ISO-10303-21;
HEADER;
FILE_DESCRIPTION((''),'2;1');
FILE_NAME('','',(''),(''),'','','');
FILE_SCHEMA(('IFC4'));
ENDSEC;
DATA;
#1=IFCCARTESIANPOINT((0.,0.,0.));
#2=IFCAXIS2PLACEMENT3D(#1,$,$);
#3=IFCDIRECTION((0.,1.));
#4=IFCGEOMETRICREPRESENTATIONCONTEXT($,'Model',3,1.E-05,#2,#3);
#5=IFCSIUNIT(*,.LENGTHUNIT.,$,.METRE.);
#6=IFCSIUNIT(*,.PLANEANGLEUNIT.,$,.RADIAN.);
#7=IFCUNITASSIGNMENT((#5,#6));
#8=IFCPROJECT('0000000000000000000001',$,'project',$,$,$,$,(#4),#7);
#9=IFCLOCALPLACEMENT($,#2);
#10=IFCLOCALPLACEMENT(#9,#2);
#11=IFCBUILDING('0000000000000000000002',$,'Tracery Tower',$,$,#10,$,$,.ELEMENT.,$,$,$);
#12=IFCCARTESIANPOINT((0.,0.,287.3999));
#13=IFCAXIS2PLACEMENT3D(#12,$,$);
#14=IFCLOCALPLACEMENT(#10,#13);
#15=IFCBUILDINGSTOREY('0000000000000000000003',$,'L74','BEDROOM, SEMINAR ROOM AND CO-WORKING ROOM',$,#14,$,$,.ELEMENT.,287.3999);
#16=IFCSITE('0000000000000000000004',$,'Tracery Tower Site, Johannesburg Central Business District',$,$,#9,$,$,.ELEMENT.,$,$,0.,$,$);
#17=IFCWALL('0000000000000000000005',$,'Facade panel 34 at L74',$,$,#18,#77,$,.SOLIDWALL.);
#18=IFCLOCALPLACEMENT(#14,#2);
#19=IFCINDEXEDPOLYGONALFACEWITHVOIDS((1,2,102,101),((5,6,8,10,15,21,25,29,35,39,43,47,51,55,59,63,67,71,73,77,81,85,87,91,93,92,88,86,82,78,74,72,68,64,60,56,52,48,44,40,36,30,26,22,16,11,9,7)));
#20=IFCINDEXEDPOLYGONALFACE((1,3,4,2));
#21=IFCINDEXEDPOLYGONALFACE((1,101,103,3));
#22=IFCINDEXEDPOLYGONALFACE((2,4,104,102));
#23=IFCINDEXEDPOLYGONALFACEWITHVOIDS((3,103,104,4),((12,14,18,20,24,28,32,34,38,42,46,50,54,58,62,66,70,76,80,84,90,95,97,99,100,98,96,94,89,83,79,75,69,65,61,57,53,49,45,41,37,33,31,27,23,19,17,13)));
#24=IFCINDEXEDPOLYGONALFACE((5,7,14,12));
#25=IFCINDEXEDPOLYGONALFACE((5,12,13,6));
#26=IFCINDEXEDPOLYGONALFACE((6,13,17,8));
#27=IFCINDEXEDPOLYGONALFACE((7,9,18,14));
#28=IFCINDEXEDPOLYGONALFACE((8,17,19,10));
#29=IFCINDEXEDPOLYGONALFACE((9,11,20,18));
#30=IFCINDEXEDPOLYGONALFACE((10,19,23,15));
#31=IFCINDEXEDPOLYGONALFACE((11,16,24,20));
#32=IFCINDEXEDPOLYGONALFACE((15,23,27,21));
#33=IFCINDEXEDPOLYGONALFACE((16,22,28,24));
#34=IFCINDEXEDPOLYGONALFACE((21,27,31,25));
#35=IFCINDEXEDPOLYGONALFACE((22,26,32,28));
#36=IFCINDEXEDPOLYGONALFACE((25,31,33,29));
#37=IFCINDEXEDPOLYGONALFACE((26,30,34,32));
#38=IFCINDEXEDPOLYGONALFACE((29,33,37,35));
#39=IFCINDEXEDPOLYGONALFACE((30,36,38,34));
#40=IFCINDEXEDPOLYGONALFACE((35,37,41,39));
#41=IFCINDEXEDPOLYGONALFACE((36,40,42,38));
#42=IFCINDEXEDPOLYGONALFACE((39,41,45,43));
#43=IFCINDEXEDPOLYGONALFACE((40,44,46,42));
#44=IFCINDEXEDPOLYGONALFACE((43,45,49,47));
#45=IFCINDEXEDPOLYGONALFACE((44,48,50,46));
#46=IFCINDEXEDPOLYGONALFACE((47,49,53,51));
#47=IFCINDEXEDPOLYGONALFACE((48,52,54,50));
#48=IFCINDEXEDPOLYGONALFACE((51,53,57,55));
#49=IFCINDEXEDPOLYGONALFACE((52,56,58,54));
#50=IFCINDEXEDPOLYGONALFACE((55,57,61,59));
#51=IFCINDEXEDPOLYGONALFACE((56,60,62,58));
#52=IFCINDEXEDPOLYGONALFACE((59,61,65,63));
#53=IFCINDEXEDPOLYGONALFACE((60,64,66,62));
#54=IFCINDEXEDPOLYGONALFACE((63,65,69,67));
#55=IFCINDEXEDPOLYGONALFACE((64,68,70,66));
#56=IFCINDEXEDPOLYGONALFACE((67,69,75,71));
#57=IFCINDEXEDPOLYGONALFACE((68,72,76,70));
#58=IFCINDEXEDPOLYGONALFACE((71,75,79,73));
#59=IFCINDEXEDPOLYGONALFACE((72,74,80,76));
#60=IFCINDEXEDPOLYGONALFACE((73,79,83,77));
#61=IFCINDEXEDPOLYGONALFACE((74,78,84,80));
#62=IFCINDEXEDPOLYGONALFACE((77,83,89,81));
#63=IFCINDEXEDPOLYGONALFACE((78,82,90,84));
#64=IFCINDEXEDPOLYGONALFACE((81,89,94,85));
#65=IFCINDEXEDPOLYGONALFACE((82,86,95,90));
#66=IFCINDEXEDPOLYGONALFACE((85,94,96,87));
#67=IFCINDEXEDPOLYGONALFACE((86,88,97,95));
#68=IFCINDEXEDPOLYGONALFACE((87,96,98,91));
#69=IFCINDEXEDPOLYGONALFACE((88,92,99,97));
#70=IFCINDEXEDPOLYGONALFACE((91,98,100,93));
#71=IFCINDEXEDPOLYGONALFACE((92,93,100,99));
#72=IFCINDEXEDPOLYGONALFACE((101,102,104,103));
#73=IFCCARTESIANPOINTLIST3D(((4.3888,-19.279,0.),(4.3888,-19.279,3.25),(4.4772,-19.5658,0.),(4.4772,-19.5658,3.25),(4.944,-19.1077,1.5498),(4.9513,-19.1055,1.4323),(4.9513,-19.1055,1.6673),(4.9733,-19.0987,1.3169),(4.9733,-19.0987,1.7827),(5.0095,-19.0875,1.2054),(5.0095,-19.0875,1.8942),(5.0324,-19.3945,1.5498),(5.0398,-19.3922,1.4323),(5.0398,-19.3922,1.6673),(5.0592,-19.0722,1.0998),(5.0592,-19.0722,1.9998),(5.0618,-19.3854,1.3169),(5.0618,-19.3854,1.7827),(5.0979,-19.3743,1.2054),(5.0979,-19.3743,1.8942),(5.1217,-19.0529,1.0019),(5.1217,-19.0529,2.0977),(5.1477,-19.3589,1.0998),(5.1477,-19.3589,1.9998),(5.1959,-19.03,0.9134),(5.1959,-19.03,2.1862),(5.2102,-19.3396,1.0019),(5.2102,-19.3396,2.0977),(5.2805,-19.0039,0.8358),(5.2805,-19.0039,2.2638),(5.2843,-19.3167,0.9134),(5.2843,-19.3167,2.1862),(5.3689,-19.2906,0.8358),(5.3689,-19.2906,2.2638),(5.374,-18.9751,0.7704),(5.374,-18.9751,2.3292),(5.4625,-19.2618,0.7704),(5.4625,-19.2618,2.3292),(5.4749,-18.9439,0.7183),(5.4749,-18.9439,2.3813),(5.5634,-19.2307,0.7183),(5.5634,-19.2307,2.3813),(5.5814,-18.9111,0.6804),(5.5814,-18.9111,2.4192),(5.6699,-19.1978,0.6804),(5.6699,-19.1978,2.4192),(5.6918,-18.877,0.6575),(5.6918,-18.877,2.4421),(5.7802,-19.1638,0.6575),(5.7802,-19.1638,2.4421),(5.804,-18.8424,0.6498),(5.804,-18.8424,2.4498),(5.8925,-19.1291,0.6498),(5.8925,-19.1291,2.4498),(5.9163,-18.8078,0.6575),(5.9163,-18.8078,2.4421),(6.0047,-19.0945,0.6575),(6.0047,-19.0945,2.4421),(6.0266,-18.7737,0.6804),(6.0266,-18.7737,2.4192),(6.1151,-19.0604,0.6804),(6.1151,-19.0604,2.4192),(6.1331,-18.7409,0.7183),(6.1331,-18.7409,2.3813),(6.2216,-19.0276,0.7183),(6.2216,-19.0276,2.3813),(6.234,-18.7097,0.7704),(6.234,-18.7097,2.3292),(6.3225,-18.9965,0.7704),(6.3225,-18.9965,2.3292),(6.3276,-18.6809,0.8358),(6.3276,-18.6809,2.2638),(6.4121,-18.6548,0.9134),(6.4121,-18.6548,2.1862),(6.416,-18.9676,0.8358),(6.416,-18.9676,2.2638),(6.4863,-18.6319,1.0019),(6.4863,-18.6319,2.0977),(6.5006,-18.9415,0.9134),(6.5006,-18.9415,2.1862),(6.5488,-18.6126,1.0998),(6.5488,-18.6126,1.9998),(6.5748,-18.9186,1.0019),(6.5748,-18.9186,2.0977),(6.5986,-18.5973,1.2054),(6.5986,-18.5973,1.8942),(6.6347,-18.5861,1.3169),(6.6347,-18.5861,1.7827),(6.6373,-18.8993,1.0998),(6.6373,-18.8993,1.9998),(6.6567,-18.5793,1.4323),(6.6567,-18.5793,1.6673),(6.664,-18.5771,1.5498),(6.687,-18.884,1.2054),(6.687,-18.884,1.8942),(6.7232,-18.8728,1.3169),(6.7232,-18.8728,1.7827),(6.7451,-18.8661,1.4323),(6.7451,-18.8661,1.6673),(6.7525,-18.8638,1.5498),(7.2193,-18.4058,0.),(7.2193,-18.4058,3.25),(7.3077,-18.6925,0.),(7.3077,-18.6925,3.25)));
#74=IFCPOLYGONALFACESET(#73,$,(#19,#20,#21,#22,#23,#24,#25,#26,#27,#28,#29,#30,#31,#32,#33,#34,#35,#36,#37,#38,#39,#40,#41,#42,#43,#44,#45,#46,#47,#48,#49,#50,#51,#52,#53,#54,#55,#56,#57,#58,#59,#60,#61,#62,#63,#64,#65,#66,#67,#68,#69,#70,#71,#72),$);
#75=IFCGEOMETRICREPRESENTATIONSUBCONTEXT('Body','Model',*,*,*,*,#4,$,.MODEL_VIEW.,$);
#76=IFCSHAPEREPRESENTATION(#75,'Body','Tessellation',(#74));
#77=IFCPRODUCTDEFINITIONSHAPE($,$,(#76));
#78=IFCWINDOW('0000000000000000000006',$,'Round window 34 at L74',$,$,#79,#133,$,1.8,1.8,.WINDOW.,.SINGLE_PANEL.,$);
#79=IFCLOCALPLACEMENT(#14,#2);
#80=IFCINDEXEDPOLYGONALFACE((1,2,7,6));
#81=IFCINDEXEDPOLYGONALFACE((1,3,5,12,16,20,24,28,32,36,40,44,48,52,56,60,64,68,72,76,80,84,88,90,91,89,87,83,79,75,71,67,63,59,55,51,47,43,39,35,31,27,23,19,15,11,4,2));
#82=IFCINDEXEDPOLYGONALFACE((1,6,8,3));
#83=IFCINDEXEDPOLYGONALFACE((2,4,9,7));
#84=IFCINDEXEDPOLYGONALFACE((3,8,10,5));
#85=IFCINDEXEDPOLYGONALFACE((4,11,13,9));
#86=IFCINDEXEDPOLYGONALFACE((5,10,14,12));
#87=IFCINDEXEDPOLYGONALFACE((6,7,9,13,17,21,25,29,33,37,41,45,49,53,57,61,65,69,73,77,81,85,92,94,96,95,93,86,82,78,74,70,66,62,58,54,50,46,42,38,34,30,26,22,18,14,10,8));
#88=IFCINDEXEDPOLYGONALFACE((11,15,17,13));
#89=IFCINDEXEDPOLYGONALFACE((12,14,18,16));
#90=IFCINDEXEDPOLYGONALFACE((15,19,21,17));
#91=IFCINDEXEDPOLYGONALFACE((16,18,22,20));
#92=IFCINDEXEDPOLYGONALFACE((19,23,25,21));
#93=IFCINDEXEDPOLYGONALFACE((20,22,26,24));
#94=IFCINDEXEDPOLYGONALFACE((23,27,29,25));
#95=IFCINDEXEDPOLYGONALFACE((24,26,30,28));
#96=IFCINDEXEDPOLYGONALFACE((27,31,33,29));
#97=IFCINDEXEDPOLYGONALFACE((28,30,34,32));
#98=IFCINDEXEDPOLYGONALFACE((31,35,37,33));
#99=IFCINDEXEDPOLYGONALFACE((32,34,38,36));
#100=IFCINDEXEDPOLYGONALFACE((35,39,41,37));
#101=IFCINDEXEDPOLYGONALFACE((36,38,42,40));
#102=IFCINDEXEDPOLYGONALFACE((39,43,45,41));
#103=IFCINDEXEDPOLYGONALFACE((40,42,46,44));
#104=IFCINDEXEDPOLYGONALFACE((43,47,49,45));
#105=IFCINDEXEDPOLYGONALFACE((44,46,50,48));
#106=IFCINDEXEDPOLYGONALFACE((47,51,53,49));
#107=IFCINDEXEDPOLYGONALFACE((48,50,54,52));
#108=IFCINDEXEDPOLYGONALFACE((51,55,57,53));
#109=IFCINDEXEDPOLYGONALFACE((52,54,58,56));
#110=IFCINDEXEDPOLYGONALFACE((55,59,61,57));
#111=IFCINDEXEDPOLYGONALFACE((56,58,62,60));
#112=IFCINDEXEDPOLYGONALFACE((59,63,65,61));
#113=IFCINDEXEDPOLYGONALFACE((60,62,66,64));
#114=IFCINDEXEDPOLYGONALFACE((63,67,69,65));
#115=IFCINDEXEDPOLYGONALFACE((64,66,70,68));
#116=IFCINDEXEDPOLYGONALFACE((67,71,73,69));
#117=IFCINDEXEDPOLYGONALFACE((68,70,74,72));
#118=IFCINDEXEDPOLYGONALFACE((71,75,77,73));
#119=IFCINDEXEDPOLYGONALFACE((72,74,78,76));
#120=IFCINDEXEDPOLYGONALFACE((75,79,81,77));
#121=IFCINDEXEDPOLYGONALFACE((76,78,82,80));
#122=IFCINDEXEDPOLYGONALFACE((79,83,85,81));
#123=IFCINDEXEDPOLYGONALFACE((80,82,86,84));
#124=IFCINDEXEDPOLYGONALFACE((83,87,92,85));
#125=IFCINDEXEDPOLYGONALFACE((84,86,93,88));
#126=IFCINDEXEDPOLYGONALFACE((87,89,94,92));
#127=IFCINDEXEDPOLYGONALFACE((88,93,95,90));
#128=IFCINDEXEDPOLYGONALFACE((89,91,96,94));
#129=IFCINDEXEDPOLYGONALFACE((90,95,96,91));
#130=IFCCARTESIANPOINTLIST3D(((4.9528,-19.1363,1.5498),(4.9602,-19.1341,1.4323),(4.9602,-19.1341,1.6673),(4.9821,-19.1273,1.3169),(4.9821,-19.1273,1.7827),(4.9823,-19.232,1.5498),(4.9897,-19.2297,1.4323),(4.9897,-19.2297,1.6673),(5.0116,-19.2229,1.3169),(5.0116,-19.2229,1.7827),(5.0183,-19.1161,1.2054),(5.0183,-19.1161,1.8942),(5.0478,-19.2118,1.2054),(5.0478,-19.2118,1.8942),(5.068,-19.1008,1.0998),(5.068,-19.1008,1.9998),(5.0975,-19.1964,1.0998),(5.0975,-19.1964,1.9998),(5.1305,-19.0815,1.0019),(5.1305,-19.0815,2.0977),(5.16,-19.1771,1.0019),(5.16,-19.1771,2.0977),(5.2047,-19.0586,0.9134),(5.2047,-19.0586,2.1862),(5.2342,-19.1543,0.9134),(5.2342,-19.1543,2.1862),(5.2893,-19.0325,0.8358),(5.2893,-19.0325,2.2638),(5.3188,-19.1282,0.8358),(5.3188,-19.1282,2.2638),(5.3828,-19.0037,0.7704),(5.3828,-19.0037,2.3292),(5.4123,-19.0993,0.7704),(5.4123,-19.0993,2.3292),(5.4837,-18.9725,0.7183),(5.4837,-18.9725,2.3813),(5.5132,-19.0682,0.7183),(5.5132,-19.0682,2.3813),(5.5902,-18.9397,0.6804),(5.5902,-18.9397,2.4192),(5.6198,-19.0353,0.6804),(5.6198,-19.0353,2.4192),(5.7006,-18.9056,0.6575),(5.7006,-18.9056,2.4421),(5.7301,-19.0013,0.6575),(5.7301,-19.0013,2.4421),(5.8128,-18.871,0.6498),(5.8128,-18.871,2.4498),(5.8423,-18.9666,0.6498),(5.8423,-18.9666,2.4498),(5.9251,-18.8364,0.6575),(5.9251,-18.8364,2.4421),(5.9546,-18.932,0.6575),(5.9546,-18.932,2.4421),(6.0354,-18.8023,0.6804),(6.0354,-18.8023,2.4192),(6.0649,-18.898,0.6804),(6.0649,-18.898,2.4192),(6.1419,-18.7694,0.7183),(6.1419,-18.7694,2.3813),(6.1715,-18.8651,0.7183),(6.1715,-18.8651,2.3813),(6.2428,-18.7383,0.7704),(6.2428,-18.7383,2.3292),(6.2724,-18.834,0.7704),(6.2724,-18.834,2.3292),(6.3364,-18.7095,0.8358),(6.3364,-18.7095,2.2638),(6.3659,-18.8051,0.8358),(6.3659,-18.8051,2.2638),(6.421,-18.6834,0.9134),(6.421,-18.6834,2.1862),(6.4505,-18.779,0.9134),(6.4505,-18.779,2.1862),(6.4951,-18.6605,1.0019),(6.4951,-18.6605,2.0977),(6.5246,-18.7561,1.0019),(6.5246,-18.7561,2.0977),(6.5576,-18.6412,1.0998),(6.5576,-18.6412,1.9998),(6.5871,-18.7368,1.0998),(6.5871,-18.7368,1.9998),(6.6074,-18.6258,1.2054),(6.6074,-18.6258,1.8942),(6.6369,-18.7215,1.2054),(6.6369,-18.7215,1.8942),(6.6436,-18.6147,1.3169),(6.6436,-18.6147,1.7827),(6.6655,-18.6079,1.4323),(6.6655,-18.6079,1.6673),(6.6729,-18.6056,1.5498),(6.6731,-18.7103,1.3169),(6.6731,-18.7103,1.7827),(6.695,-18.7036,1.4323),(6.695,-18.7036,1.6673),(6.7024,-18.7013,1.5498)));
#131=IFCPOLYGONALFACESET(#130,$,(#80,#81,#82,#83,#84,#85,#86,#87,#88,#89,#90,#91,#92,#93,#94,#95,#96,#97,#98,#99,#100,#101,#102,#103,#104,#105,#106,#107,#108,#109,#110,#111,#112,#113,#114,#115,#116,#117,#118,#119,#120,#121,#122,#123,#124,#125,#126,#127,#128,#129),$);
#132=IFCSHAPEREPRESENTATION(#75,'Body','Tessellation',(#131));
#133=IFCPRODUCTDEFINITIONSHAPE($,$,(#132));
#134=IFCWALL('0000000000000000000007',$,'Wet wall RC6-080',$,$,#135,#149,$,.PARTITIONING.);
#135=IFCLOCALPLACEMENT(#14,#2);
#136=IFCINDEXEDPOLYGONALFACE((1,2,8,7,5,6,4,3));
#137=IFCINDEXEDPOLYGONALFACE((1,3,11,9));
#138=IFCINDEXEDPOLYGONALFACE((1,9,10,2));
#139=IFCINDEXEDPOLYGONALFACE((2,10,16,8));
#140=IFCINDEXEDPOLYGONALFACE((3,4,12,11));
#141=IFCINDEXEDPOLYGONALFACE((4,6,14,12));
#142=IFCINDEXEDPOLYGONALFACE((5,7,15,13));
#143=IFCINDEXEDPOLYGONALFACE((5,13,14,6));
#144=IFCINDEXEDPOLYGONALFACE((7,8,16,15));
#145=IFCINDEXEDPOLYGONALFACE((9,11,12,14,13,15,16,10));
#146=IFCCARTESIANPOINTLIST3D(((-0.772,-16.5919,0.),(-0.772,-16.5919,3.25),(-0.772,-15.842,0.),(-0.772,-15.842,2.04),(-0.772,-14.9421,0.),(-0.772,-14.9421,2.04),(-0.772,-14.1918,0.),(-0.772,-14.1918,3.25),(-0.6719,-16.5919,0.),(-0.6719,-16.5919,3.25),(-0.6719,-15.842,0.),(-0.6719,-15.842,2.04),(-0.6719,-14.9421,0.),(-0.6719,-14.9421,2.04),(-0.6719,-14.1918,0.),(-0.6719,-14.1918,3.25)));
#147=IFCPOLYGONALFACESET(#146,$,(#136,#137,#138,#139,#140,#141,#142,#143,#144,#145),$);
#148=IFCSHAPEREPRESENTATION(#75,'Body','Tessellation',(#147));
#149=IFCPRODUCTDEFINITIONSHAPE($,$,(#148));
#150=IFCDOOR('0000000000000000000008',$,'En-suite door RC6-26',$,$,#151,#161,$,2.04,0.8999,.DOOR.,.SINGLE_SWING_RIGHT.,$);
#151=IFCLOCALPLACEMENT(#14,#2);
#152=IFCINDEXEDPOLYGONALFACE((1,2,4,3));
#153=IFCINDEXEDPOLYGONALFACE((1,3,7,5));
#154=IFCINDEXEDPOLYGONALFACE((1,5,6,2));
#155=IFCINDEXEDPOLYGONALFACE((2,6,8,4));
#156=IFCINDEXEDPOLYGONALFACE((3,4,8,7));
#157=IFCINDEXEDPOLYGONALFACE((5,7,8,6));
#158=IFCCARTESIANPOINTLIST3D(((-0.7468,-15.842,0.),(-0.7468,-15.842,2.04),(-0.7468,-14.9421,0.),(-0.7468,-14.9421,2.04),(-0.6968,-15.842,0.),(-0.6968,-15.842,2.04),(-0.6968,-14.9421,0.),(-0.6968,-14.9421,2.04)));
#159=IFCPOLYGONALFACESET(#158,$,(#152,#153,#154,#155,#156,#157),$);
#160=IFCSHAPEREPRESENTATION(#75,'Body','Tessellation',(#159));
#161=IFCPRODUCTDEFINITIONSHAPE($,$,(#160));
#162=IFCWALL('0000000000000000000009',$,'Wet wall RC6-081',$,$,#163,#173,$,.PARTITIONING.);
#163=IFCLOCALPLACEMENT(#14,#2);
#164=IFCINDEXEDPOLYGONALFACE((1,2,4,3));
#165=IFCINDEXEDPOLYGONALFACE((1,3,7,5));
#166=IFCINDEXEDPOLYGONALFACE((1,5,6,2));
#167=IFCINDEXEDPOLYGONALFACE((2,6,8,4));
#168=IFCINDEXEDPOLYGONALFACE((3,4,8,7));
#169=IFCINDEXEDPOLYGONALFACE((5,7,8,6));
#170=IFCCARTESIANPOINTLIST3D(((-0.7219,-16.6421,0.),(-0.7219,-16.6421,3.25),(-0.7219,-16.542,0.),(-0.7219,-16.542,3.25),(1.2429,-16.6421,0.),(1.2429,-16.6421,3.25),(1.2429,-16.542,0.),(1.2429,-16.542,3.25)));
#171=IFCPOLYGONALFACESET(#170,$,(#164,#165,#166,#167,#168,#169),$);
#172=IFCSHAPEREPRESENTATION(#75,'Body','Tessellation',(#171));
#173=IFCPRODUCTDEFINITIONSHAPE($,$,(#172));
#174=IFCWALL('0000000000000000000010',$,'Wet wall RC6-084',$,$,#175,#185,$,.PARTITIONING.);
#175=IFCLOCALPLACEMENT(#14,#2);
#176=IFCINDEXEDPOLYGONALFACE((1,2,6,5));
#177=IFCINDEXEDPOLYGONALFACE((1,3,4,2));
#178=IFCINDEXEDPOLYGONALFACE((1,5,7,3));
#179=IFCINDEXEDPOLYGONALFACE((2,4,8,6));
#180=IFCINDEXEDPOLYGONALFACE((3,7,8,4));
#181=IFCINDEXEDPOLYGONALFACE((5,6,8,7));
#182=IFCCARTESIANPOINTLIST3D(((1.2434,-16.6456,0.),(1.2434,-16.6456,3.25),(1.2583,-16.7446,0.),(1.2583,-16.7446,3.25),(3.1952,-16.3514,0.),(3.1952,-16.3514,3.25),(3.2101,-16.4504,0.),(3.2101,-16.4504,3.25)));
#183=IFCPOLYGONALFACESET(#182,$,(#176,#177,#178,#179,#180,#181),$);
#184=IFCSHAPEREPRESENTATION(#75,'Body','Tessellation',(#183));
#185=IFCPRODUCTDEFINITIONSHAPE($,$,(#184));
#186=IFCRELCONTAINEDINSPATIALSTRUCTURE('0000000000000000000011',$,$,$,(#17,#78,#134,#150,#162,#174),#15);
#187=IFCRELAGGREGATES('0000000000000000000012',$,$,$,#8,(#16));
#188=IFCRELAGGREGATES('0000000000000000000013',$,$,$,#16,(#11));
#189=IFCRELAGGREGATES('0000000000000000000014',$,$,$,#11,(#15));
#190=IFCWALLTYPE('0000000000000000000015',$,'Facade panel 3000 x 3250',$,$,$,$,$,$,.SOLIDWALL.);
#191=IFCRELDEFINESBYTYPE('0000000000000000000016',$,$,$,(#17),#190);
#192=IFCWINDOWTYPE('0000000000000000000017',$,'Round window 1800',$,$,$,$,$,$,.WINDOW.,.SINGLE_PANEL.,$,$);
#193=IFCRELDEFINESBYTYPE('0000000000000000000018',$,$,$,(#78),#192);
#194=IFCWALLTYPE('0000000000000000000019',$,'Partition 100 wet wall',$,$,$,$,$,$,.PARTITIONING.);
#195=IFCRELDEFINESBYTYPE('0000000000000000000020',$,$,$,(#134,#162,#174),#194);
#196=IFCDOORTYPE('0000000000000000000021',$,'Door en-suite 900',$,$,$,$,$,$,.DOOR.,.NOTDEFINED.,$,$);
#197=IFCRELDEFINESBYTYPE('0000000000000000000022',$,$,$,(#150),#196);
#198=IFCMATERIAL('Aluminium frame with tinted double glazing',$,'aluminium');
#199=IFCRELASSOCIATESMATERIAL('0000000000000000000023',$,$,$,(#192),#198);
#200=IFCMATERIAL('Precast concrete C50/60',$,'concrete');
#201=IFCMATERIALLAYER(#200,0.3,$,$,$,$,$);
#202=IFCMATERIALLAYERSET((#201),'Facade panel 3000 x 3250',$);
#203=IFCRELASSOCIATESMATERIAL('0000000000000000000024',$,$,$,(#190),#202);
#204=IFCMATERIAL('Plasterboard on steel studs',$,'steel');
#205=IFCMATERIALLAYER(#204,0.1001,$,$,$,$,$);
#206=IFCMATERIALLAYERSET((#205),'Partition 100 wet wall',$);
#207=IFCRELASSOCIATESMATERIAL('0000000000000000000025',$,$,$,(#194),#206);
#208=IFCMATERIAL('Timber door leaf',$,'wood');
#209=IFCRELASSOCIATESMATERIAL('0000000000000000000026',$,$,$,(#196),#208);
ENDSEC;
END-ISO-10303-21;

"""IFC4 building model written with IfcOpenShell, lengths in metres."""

from ifc_helpers import new_model, si_unit, direction, frame, frame_2d, origin, origin_2d, place, context, subcontext, project, spatial, rectangle, circle, extrude, material, layer, layer_set, type_object, element, fill, save


model = new_model("IFC4")

# Units and contexts
model_context = context("Model", 3, precision=1e-05, world=origin(), true_north=direction((0.0, 1.0)))
body_context = subcontext(model_context, "Body", "Model", "MODEL_VIEW")
ifc_project = project(units=[si_unit("LENGTHUNIT", "METRE"), si_unit("PLANEANGLEUNIT", "RADIAN")], contexts=[model_context])

# Site, building, storey
site_placement = place(None, origin())
site = spatial("IfcSite", under=ifc_project, at=site_placement, Name="Tracery Tower Site, Johannesburg Central Business District", CompositionType="ELEMENT", RefElevation=0.0)
building_placement = place(site_placement, origin())
building = spatial("IfcBuilding", under=site, at=building_placement, Name="Tracery Tower", CompositionType="ELEMENT")
storey_placement = place(building_placement, frame((0.0, 0.0, 287.3999)))
storey = spatial("IfcBuildingStorey", under=building, at=storey_placement, Name="L74", Description="BEDROOM, SEMINAR ROOM AND CO-WORKING ROOM", CompositionType="ELEMENT", Elevation=287.3999)

# Wall, opening, window
ifc_material_1 = material(Name="Aluminium frame with tinted double glazing", Category="aluminium")
window_type = type_object("IfcWindowType", Name="Round window 1800", PartitioningType="SINGLE_PANEL", PredefinedType="WINDOW", material=ifc_material_1)
ifc_material_2 = material(Name="Precast concrete C50/60", Category="concrete")
ifc_layer_1 = layer(ifc_material_2, 0.3)
ifc_layer_set_1 = layer_set([ifc_layer_1], Name="Facade panel 3000 x 3250")
wall_type_1 = type_object("IfcWallType", Name="Facade panel 3000 x 3250", PredefinedType="SOLIDWALL", material=ifc_layer_set_1)
wall_1_placement = place(storey_placement, frame((4.4331, -19.4224, 0.0), z_axis=(0.0, 0.0, 1.0), x_axis=(0.955556, 0.29481, 0.0)))
wall_1 = element("IfcWall", 1, at=wall_1_placement, inside=storey, type_object=wall_type_1, Name="Facade panel 34 at L74", PredefinedType="SOLIDWALL", context=body_context, shape_type="SweptSolid", body=[
    extrude(rectangle(XDim=2.9622, YDim=0.3, at=frame_2d((1.481, 0.0))), origin(), (0.0, 0.0, 1.0), 3.25),
])
opening_1_placement = place(wall_1_placement, frame((1.481, 0.0, 1.5498)))
opening_1 = element("IfcOpeningElement", 2, at=opening_1_placement, cuts=wall_1, PredefinedType="OPENING", context=body_context, shape_type="SweptSolid", body=[
    extrude(circle(Radius=0.9, at=origin_2d()), frame((0.0, 0.1599, 0.0), z_axis=(0.0, -1.0, 0.0), x_axis=(1.0, 0.0, 0.0)), (0.0, 0.0, 1.0), 0.3201),
])
window_1_placement = place(opening_1_placement, origin())
window_1 = element("IfcWindow", 3, at=window_1_placement, inside=storey, type_object=window_type, Name="Round window 34 at L74", OverallHeight=1.8, OverallWidth=1.8, PartitioningType="SINGLE_PANEL", PredefinedType="WINDOW", context=body_context, shape_type="SweptSolid", body=[
    extrude(circle(Radius=0.9, at=origin_2d()), frame((0.0, 0.1201, 0.0), z_axis=(0.0, -1.0, 0.0), x_axis=(1.0, 0.0, 0.0)), (0.0, 0.0, 1.0), 0.1001),
])
fill(opening_1, window_1)

# Wall, opening, door
ifc_material_3 = material(Name="Plasterboard on steel studs", Category="steel")
ifc_layer_2 = layer(ifc_material_3, 0.1001)
ifc_layer_set_2 = layer_set([ifc_layer_2], Name="Partition 100 wet wall")
wall_type_2 = type_object("IfcWallType", Name="Partition 100 wet wall", PredefinedType="PARTITIONING", material=ifc_layer_set_2)
wall_2_placement = place(storey_placement, frame((-0.7219, -16.592, 0.0), z_axis=(0.0, 0.0, 1.0), x_axis=(0.0, 1.0, 0.0)))
wall_2 = element("IfcWall", 4, at=wall_2_placement, inside=storey, type_object=wall_type_2, Name="Wet wall RC6-080", PredefinedType="PARTITIONING", context=body_context, shape_type="SweptSolid", body=[
    extrude(rectangle(XDim=2.4001, YDim=0.1001, at=frame_2d((1.2002, 0.0))), origin(), (0.0, 0.0, 1.0), 3.25),
])
opening_2_placement = place(wall_2_placement, frame((0.75, 0.0, 0.0)))
opening_2 = element("IfcOpeningElement", 5, at=opening_2_placement, cuts=wall_2, PredefinedType="OPENING", context=body_context, shape_type="SweptSolid", body=[
    extrude(rectangle(XDim=0.8999, YDim=2.04, at=frame_2d((0.45, 1.02))), frame((0.0, 0.05, 0.0), z_axis=(0.0, -1.0, 0.0), x_axis=(1.0, 0.0, 0.0)), (0.0, 0.0, 1.0), 0.1001),
])
ifc_material_4 = material(Name="Timber door leaf", Category="wood")
door_type_1 = type_object("IfcDoorType", Name="Door en-suite 900", OperationType="NOTDEFINED", PredefinedType="DOOR", material=ifc_material_4)
door_1_placement = place(opening_2_placement, origin())
door_1 = element("IfcDoor", 6, at=door_1_placement, inside=storey, type_object=door_type_1, Name="En-suite door RC6-26", OperationType="SINGLE_SWING_RIGHT", OverallHeight=2.04, OverallWidth=0.8999, PredefinedType="DOOR", context=body_context, shape_type="SweptSolid", body=[
    extrude(rectangle(XDim=0.8999, YDim=2.04, at=frame_2d((0.45, 1.02))), frame((0.0, 0.0249, 0.0), z_axis=(0.0, -1.0, 0.0), x_axis=(1.0, 0.0, 0.0)), (0.0, 0.0, 1.0), 0.05),
])
fill(opening_2, door_1)

# Walls
wall_3_placement = place(storey_placement, frame((-0.7219, -16.592, 0.0), z_axis=(0.0, 0.0, 1.0), x_axis=(1.0, 0.0, 0.0)))
element("IfcWall", 7, at=wall_3_placement, inside=storey, type_object=wall_type_2, Name="Wet wall RC6-081", PredefinedType="PARTITIONING", context=body_context, shape_type="SweptSolid", body=[
    extrude(rectangle(XDim=1.9648, YDim=0.1001, at=frame_2d((0.9824, 0.0))), origin(), (0.0, 0.0, 1.0), 3.25),
])
wall_4_placement = place(storey_placement, frame((1.251, -16.6951, 0.0), z_axis=(0.0, 0.0, 1.0), x_axis=(0.988832, 0.149036, 0.0)))
element("IfcWall", 8, at=wall_4_placement, inside=storey, type_object=wall_type_2, Name="Wet wall RC6-084", PredefinedType="PARTITIONING", context=body_context, shape_type="SweptSolid", body=[
    extrude(rectangle(XDim=1.9739, YDim=0.1001, at=frame_2d((0.9868, 0.0))), origin(), (0.0, 0.0, 1.0), 3.25),
])

save(model, "model.ifc")
